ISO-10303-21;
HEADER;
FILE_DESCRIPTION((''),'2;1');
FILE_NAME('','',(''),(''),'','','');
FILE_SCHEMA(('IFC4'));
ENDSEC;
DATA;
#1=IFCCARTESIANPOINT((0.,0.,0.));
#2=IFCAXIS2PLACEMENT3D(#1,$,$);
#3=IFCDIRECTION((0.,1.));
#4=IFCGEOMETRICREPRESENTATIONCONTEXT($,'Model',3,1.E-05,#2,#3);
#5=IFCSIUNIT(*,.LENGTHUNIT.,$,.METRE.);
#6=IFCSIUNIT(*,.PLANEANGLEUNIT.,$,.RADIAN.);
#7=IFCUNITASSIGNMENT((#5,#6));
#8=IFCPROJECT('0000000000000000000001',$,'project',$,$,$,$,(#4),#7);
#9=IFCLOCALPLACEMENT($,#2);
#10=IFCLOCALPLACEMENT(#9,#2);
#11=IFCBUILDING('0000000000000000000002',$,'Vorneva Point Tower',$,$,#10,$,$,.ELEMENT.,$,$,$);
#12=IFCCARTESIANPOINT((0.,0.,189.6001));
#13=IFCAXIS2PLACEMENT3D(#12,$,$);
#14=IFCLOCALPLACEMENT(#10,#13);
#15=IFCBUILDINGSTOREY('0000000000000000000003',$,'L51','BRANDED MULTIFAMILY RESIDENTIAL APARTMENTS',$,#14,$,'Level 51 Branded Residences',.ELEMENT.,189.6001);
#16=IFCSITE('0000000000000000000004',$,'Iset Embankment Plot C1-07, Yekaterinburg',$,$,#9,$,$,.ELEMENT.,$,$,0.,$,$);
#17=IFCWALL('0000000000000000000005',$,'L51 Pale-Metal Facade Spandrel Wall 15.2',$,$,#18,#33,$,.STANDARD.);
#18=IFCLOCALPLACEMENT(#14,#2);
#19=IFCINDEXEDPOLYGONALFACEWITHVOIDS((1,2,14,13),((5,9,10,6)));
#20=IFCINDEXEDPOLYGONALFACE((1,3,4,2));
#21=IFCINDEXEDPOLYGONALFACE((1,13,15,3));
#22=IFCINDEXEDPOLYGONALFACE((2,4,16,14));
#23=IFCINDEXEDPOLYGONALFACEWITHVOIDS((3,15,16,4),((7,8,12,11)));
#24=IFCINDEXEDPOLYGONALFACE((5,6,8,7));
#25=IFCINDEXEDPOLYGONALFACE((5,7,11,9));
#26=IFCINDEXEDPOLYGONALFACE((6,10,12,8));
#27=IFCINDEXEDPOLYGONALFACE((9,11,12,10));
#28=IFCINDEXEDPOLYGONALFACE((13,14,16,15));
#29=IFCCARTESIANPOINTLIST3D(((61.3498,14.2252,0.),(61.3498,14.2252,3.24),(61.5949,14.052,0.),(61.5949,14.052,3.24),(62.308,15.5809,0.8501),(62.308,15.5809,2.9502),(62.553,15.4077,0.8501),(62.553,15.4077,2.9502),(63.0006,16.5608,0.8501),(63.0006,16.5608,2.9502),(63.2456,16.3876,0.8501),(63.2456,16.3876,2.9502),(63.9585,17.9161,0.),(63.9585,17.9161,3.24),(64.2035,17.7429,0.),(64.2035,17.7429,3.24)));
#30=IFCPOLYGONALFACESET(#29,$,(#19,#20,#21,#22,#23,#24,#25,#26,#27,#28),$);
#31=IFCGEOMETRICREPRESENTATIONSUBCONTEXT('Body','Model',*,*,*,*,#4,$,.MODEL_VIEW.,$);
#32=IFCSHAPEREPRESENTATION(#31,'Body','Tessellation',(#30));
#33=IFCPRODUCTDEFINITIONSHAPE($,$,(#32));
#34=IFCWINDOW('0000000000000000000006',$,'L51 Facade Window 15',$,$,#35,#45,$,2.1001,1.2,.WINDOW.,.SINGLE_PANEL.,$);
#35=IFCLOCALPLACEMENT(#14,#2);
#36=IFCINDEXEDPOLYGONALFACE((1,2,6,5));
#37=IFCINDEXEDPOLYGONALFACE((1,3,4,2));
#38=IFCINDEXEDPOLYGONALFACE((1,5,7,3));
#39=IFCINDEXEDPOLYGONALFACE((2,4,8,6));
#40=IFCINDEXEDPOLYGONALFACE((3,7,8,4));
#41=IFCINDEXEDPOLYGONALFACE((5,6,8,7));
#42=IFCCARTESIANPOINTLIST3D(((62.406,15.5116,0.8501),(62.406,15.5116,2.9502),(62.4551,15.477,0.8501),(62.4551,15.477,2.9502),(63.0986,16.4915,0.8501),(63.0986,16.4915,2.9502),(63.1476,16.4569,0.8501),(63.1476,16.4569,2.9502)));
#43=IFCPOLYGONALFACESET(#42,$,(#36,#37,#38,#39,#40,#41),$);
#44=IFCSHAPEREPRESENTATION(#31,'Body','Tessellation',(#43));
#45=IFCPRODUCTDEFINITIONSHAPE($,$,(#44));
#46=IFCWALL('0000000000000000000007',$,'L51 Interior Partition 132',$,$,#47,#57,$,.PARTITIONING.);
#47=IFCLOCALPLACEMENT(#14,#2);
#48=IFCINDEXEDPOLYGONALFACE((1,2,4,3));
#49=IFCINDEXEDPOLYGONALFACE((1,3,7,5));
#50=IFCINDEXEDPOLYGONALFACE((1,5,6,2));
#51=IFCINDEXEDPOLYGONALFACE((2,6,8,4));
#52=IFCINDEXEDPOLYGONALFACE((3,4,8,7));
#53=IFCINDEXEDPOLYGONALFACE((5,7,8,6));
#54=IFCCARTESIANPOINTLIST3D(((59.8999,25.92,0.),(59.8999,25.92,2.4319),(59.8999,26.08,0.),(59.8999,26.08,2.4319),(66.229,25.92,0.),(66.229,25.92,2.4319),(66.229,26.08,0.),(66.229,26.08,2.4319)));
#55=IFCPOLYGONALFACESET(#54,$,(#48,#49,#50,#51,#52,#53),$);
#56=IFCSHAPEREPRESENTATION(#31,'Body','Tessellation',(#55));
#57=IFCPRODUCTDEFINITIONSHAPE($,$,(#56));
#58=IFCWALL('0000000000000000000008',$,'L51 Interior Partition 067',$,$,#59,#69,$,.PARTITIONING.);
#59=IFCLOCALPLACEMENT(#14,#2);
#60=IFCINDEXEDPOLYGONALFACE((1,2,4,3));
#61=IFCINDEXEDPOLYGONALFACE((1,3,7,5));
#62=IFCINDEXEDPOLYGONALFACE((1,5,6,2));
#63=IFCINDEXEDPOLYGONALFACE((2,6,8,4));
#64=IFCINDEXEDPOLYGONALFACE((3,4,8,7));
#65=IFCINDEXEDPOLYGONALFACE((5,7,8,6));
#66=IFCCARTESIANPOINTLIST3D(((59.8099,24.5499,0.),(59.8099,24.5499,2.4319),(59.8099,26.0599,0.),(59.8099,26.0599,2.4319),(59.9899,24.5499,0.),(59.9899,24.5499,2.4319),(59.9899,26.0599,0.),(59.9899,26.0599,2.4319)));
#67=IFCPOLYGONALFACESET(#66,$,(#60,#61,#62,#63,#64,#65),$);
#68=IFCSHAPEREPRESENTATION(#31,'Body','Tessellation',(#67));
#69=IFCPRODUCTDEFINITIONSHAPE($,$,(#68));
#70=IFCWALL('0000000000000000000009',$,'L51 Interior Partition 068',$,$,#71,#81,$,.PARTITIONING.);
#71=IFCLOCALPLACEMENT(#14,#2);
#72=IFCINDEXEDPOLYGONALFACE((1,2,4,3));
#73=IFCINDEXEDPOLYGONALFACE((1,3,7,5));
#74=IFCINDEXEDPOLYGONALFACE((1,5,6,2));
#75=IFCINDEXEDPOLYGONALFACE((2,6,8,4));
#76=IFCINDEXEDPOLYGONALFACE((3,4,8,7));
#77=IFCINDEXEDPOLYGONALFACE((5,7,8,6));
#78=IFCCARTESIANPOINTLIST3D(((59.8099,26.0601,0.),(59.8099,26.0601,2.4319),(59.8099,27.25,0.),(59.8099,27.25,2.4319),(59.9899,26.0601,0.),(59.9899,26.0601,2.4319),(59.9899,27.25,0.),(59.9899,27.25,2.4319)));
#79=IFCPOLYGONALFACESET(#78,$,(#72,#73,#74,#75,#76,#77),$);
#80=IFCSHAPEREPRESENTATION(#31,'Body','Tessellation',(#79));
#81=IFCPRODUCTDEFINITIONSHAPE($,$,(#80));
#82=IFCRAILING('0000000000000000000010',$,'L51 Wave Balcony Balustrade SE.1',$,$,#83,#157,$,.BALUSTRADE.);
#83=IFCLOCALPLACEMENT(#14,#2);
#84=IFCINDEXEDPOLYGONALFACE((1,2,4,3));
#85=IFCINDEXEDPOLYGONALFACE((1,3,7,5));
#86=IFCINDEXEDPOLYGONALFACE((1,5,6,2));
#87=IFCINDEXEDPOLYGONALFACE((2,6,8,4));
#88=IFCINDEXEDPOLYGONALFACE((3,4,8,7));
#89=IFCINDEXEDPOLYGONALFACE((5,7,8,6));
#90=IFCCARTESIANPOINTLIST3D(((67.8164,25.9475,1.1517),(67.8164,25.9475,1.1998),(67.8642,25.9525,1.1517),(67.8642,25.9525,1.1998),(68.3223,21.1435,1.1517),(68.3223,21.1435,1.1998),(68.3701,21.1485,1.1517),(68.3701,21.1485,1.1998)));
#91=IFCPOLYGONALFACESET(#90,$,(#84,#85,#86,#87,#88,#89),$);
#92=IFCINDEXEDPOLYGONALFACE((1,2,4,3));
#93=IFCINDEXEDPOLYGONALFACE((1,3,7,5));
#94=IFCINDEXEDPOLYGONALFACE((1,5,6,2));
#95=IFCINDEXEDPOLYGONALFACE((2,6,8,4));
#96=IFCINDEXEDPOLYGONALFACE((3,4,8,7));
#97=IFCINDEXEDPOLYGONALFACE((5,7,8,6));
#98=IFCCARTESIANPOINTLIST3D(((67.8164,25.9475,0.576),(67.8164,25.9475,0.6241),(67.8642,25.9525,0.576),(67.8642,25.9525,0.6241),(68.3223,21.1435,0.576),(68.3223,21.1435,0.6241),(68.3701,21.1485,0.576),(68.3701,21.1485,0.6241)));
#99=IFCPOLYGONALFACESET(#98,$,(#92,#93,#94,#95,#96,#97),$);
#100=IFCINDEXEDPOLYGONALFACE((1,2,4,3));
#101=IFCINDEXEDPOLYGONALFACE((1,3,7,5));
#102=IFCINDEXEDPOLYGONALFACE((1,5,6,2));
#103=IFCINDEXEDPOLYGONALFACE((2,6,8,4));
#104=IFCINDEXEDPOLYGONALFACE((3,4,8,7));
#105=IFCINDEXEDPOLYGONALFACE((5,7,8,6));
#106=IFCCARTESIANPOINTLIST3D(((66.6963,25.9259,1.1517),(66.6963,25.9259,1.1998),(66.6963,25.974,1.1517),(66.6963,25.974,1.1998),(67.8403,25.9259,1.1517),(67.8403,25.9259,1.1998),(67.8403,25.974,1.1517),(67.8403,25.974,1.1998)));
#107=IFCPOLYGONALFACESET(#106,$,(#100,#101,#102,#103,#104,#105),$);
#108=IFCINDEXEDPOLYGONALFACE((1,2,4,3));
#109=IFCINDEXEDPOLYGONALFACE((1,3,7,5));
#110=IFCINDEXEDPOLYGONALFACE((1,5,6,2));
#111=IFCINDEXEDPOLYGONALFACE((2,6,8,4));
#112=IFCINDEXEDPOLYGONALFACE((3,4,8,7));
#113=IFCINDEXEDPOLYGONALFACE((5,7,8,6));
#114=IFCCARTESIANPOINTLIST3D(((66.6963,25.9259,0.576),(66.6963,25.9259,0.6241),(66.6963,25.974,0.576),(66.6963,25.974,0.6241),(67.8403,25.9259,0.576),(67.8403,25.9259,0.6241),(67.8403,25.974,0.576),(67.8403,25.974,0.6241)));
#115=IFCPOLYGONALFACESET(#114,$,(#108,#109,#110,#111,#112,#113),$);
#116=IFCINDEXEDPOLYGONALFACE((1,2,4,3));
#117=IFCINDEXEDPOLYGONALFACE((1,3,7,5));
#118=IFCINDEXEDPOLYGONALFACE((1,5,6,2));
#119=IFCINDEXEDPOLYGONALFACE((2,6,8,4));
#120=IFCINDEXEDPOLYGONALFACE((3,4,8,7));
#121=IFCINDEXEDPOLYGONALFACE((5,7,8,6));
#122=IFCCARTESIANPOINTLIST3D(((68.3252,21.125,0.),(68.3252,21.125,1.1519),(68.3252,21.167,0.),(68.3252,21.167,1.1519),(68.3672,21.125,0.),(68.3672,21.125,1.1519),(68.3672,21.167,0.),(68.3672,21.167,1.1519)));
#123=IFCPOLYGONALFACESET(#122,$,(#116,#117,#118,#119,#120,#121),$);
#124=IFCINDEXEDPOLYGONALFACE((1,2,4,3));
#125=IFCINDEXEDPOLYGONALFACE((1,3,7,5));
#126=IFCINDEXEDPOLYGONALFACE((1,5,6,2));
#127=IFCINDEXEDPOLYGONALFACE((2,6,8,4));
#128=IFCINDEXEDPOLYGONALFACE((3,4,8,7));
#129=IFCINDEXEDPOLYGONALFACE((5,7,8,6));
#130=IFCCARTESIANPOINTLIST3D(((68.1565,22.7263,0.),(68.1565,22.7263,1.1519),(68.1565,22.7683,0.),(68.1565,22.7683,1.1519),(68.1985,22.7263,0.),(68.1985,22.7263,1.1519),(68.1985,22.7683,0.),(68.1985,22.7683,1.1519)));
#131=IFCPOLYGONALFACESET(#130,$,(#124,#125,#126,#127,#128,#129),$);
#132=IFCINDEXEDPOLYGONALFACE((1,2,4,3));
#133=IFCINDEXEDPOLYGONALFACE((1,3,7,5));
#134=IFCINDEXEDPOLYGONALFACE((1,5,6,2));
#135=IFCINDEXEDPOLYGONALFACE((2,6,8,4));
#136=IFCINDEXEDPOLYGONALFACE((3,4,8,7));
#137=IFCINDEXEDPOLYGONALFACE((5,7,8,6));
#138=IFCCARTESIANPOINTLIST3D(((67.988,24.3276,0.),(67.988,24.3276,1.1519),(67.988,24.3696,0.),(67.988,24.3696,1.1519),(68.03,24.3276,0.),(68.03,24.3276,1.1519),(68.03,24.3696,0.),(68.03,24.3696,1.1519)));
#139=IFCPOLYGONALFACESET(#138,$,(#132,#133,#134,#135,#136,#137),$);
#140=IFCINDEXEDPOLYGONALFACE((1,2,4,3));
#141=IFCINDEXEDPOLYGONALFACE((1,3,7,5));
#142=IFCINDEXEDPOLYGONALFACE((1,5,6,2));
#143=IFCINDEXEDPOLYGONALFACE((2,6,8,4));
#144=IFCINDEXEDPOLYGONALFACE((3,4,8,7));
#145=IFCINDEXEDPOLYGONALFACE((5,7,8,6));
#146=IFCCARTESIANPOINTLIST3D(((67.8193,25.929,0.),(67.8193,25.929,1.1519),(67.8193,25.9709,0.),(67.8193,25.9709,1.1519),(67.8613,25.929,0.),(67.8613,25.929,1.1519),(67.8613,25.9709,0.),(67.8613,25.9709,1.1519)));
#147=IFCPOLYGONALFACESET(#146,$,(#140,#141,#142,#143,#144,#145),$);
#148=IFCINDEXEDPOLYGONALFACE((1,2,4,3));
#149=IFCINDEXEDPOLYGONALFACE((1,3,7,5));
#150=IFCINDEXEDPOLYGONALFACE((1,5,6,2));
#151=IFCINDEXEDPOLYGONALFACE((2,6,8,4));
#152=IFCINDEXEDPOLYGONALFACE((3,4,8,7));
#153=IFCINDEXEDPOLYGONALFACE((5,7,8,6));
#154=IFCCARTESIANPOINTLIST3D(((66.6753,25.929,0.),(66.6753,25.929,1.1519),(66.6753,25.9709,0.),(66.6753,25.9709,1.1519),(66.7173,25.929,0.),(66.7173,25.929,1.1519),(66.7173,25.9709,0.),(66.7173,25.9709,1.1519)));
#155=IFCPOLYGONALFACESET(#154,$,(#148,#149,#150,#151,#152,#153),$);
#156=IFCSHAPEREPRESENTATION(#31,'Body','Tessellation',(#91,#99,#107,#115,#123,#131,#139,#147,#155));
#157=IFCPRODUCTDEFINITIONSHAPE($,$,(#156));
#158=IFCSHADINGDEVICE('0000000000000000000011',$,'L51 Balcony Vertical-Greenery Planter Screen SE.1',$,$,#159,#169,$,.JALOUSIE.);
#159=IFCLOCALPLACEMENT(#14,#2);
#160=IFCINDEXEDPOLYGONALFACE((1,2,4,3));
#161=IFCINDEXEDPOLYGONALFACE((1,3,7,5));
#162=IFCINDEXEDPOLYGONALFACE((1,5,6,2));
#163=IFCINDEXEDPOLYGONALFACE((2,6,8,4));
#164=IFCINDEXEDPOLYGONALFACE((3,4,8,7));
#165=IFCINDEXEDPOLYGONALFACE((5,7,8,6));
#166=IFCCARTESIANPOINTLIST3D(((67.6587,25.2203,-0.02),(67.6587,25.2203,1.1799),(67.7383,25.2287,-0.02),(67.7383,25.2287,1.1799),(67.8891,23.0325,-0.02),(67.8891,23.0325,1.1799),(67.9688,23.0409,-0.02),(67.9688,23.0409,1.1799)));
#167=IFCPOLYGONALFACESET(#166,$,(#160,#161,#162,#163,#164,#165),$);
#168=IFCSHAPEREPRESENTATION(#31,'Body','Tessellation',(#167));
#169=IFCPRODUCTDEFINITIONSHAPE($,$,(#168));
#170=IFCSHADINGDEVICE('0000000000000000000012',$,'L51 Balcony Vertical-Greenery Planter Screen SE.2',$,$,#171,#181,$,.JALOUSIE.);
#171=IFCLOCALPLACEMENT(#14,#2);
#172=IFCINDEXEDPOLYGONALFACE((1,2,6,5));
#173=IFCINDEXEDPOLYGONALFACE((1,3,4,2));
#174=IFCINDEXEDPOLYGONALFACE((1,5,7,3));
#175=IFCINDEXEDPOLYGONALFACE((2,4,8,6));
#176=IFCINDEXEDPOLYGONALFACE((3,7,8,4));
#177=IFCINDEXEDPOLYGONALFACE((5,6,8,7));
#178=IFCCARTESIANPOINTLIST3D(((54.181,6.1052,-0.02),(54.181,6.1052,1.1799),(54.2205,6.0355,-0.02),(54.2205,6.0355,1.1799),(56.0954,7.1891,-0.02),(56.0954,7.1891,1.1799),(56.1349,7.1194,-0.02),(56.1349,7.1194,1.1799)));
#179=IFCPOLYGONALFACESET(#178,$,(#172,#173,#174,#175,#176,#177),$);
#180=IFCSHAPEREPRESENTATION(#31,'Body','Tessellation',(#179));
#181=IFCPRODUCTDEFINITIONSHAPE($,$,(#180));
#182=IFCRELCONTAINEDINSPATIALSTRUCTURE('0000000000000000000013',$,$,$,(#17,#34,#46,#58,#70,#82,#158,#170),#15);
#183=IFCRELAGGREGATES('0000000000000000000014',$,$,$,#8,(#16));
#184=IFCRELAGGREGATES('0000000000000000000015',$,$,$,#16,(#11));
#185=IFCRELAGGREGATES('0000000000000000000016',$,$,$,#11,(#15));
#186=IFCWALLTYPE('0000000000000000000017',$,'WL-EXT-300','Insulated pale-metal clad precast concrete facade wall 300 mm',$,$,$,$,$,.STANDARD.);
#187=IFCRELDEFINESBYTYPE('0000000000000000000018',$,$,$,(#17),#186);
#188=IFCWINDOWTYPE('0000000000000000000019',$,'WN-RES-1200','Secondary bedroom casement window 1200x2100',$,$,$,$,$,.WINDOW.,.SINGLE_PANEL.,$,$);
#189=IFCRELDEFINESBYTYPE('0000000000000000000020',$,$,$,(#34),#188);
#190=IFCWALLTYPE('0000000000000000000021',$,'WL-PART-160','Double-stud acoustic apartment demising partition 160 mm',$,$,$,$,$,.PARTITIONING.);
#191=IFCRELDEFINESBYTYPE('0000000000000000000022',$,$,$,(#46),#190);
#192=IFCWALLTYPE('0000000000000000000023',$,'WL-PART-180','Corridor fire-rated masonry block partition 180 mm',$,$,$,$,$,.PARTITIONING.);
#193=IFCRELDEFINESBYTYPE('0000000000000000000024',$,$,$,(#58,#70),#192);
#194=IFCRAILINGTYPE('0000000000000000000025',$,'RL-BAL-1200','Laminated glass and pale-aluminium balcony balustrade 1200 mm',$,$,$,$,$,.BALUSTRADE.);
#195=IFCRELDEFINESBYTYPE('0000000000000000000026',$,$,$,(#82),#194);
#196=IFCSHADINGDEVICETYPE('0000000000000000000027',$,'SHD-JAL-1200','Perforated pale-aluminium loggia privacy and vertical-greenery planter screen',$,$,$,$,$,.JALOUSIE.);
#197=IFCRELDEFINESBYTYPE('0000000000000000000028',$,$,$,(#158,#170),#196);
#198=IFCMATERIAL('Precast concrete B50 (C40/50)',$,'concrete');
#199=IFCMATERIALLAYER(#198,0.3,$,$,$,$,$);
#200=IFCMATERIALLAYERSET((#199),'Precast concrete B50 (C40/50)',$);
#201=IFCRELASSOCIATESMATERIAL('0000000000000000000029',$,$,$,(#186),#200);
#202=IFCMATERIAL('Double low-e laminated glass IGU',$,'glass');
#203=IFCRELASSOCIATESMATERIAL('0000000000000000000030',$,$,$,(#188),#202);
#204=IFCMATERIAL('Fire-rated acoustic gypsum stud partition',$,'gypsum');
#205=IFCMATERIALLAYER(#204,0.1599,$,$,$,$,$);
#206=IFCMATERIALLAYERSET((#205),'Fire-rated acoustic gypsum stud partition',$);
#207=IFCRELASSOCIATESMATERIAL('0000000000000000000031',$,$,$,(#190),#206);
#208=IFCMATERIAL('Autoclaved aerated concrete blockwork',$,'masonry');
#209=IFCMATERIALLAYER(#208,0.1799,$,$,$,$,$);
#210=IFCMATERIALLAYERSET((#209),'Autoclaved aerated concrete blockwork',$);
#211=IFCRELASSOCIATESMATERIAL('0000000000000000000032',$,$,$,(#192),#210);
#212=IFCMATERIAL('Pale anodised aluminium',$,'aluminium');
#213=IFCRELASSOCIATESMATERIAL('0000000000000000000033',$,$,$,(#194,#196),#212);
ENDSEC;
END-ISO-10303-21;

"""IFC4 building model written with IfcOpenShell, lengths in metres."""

from ifc_helpers import new_model, si_unit, direction, frame, frame_2d, origin, origin_2d, place, context, subcontext, project, spatial, rectangle, extrude, material, layer, layer_set, type_object, element, fill, save


model = new_model("IFC4")

# Units and contexts
model_context = context("Model", 3, precision=1e-05, world=origin(), true_north=direction((0.0, 1.0)))
body_context = subcontext(model_context, "Body", "Model", "MODEL_VIEW")
ifc_project = project(units=[si_unit("LENGTHUNIT", "METRE"), si_unit("PLANEANGLEUNIT", "RADIAN")], contexts=[model_context])

# Site, building, storey
site_placement = place(None, origin())
site = spatial("IfcSite", under=ifc_project, at=site_placement, Name="Iset Embankment Plot C1-07, Yekaterinburg", CompositionType="ELEMENT", RefElevation=0.0)
building_placement = place(site_placement, origin())
building = spatial("IfcBuilding", under=site, at=building_placement, Name="Vorneva Point Tower", CompositionType="ELEMENT")
storey_placement = place(building_placement, frame((0.0, 0.0, 189.6001)))
storey = spatial("IfcBuildingStorey", under=building, at=storey_placement, Name="L51", Description="BRANDED MULTIFAMILY RESIDENTIAL APARTMENTS", LongName="Level 51 Branded Residences", CompositionType="ELEMENT", Elevation=189.6001)

# Shared definitions
ifc_material_1 = material(Name="Pale anodised aluminium", Category="aluminium")

# Shared definitions
ifc_material_2 = material(Name="Double low-e laminated glass IGU", Category="glass")

# Shared definitions
ifc_material_3 = material(Name="Precast concrete B50 (C40/50)", Category="concrete")
ifc_layer_1 = layer(ifc_material_3, 0.3)
ifc_layer_set_1 = layer_set([ifc_layer_1], Name="Precast concrete B50 (C40/50)")
wall_type_1 = type_object("IfcWallType", Name="WL-EXT-300", Description="Insulated pale-metal clad precast concrete facade wall 300 mm", PredefinedType="STANDARD", material=ifc_layer_set_1)

# Wall, opening, window
wall_1_placement = place(storey_placement, frame((61.4724, 14.1387, 0.0), z_axis=(0.0, 0.0, 1.0), x_axis=(0.577169, 0.816625, 0.0)))
wall_1 = element("IfcWall", 1, at=wall_1_placement, inside=storey, type_object=wall_type_1, Name="L51 Pale-Metal Facade Spandrel Wall 15.2", PredefinedType="STANDARD", context=body_context, shape_type="SweptSolid", body=[
    extrude(rectangle(XDim=4.5198, YDim=0.3, at=frame_2d((2.2598, 0.0))), origin(), (0.0, 0.0, 1.0), 3.24),
])
opening_1_placement = place(wall_1_placement, frame((1.6599, 0.0, 0.8501)))
opening_1 = element("IfcOpeningElement", 2, at=opening_1_placement, cuts=wall_1, PredefinedType="OPENING", context=body_context, shape_type="SweptSolid", body=[
    extrude(rectangle(XDim=1.2, YDim=2.1001, at=frame_2d((0.6001, 1.05))), frame((0.0, 0.165, 0.0), z_axis=(0.0, -1.0, 0.0), x_axis=(1.0, 0.0, 0.0)), (0.0, 0.0, 1.0), 0.3298),
])
window_type = type_object("IfcWindowType", Name="WN-RES-1200", Description="Secondary bedroom casement window 1200x2100", PartitioningType="SINGLE_PANEL", PredefinedType="WINDOW", material=ifc_material_2)
window_placement = place(opening_1_placement, origin())
window = element("IfcWindow", 3, at=window_placement, inside=storey, type_object=window_type, Name="L51 Facade Window 15", OverallHeight=2.1001, OverallWidth=1.2, PartitioningType="SINGLE_PANEL", PredefinedType="WINDOW", context=body_context, shape_type="SweptSolid", body=[
    extrude(rectangle(XDim=1.2, YDim=2.1001, at=frame_2d((0.6001, 1.05))), frame((0.0, 0.03, 0.0), z_axis=(0.0, -1.0, 0.0), x_axis=(1.0, 0.0, 0.0)), (0.0, 0.0, 1.0), 0.0601),
])
fill(opening_1, window)

# Walls
ifc_material_4 = material(Name="Fire-rated acoustic gypsum stud partition", Category="gypsum")
ifc_layer_2 = layer(ifc_material_4, 0.1599)
ifc_layer_set_2 = layer_set([ifc_layer_2], Name="Fire-rated acoustic gypsum stud partition")
wall_type_2 = type_object("IfcWallType", Name="WL-PART-160", Description="Double-stud acoustic apartment demising partition 160 mm", PredefinedType="PARTITIONING", material=ifc_layer_set_2)
wall_2_placement = place(storey_placement, frame((66.229, 26.0, 0.0), z_axis=(0.0, 0.0, 1.0), x_axis=(-1.0, 0.0, 0.0)))
element("IfcWall", 4, at=wall_2_placement, inside=storey, type_object=wall_type_2, Name="L51 Interior Partition 132", PredefinedType="PARTITIONING", context=body_context, shape_type="SweptSolid", body=[
    extrude(rectangle(XDim=6.3291, YDim=0.1599, at=frame_2d((3.1646, 0.0))), origin(), (0.0, 0.0, 1.0), 2.4319),
])
ifc_material_5 = material(Name="Autoclaved aerated concrete blockwork", Category="masonry")
ifc_layer_3 = layer(ifc_material_5, 0.1799)
ifc_layer_set_3 = layer_set([ifc_layer_3], Name="Autoclaved aerated concrete blockwork")
wall_type_3 = type_object("IfcWallType", Name="WL-PART-180", Description="Corridor fire-rated masonry block partition 180 mm", PredefinedType="PARTITIONING", material=ifc_layer_set_3)
wall_3_placement = place(storey_placement, frame((59.8999, 24.55, 0.0), z_axis=(0.0, 0.0, 1.0), x_axis=(0.0, 1.0, 0.0)))
element("IfcWall", 5, at=wall_3_placement, inside=storey, type_object=wall_type_3, Name="L51 Interior Partition 067", PredefinedType="PARTITIONING", context=body_context, shape_type="SweptSolid", body=[
    extrude(rectangle(XDim=1.51, YDim=0.1799, at=frame_2d((0.7549, 0.0))), origin(), (0.0, 0.0, 1.0), 2.4319),
])
wall_4_placement = place(storey_placement, frame((59.8999, 26.0601, 0.0), z_axis=(0.0, 0.0, 1.0), x_axis=(0.0, 1.0, 0.0)))
element("IfcWall", 6, at=wall_4_placement, inside=storey, type_object=wall_type_3, Name="L51 Interior Partition 068", PredefinedType="PARTITIONING", context=body_context, shape_type="SweptSolid", body=[
    extrude(rectangle(XDim=1.1899, YDim=0.1799, at=frame_2d((0.595, 0.0))), origin(), (0.0, 0.0, 1.0), 2.4319),
])

# Railing
railing_type = type_object("IfcRailingType", Name="RL-BAL-1200", Description="Laminated glass and pale-aluminium balcony balustrade 1200 mm", PredefinedType="BALUSTRADE", material=ifc_material_1)
railing_placement = place(storey_placement, frame((68.3462, 21.146, 0.0)))
element("IfcRailing", 7, at=railing_placement, inside=storey, type_object=railing_type, Name="L51 Wave Balcony Balustrade SE.1", PredefinedType="BALUSTRADE", context=body_context, shape_type="SweptSolid", body=[
    extrude(rectangle(XDim=0.0481, YDim=0.0481, at=origin_2d()), frame((0.0, 0.0, 1.1758), z_axis=(-0.104722, 0.994502, 0.0), x_axis=(-0.994502, -0.104722, 0.0)), (0.0, 0.0, 1.0), 4.8306),
    extrude(rectangle(XDim=0.0481, YDim=0.0481, at=origin_2d()), frame((0.0, 0.0, 0.6001), z_axis=(-0.104722, 0.994502, 0.0), x_axis=(-0.994502, -0.104722, 0.0)), (0.0, 0.0, 1.0), 4.8306),
    extrude(rectangle(XDim=0.0481, YDim=0.0481, at=origin_2d()), frame((-0.5059, 4.804, 1.1758), z_axis=(-1.0, 0.0, 0.0), x_axis=(0.0, -1.0, 0.0)), (0.0, 0.0, 1.0), 1.144),
    extrude(rectangle(XDim=0.0481, YDim=0.0481, at=origin_2d()), frame((-0.5059, 4.804, 0.6001), z_axis=(-1.0, 0.0, 0.0), x_axis=(0.0, -1.0, 0.0)), (0.0, 0.0, 1.0), 1.144),
    extrude(rectangle(XDim=0.042, YDim=0.042, at=origin_2d()), origin(), (0.0, 0.0, 1.0), 1.1519),
    extrude(rectangle(XDim=0.042, YDim=0.042, at=origin_2d()), frame((-0.1687, 1.6013, 0.0)), (0.0, 0.0, 1.0), 1.1519),
    extrude(rectangle(XDim=0.042, YDim=0.042, at=origin_2d()), frame((-0.3372, 3.2026, 0.0)), (0.0, 0.0, 1.0), 1.1519),
    extrude(rectangle(XDim=0.042, YDim=0.042, at=origin_2d()), frame((-0.5059, 4.804, 0.0)), (0.0, 0.0, 1.0), 1.1519),
    extrude(rectangle(XDim=0.042, YDim=0.042, at=origin_2d()), frame((-1.6499, 4.804, 0.0)), (0.0, 0.0, 1.0), 1.1519),
])

# Shading devices
shading_device_type = type_object("IfcShadingDeviceType", Name="SHD-JAL-1200", Description="Perforated pale-aluminium loggia privacy and vertical-greenery planter screen", PredefinedType="JALOUSIE", material=ifc_material_1)
for number, where, z_axis, x_axis, name in (
    (8, (67.8137, 24.1306, -0.02), (0.0, 0.0, 1.0), (-0.104754, 0.994498, 0.0), "L51 Balcony Vertical-Greenery Planter Screen SE.1"),
    (9, (55.158, 6.6123, -0.02), (0.0, 0.0, 1.0), (0.87021, 0.492682, 0.0), "L51 Balcony Vertical-Greenery Planter Screen SE.2"),
):
    element("IfcShadingDevice", number, at=place(storey_placement, frame(where, z_axis=z_axis, x_axis=x_axis)), inside=storey, type_object=shading_device_type, Name=name, PredefinedType="JALOUSIE", context=body_context, shape_type="SweptSolid", body=[
        extrude(rectangle(XDim=2.2, YDim=0.0801, at=origin_2d()), origin(), (0.0, 0.0, 1.0), 1.2),
    ])

save(model, "model.ifc")
